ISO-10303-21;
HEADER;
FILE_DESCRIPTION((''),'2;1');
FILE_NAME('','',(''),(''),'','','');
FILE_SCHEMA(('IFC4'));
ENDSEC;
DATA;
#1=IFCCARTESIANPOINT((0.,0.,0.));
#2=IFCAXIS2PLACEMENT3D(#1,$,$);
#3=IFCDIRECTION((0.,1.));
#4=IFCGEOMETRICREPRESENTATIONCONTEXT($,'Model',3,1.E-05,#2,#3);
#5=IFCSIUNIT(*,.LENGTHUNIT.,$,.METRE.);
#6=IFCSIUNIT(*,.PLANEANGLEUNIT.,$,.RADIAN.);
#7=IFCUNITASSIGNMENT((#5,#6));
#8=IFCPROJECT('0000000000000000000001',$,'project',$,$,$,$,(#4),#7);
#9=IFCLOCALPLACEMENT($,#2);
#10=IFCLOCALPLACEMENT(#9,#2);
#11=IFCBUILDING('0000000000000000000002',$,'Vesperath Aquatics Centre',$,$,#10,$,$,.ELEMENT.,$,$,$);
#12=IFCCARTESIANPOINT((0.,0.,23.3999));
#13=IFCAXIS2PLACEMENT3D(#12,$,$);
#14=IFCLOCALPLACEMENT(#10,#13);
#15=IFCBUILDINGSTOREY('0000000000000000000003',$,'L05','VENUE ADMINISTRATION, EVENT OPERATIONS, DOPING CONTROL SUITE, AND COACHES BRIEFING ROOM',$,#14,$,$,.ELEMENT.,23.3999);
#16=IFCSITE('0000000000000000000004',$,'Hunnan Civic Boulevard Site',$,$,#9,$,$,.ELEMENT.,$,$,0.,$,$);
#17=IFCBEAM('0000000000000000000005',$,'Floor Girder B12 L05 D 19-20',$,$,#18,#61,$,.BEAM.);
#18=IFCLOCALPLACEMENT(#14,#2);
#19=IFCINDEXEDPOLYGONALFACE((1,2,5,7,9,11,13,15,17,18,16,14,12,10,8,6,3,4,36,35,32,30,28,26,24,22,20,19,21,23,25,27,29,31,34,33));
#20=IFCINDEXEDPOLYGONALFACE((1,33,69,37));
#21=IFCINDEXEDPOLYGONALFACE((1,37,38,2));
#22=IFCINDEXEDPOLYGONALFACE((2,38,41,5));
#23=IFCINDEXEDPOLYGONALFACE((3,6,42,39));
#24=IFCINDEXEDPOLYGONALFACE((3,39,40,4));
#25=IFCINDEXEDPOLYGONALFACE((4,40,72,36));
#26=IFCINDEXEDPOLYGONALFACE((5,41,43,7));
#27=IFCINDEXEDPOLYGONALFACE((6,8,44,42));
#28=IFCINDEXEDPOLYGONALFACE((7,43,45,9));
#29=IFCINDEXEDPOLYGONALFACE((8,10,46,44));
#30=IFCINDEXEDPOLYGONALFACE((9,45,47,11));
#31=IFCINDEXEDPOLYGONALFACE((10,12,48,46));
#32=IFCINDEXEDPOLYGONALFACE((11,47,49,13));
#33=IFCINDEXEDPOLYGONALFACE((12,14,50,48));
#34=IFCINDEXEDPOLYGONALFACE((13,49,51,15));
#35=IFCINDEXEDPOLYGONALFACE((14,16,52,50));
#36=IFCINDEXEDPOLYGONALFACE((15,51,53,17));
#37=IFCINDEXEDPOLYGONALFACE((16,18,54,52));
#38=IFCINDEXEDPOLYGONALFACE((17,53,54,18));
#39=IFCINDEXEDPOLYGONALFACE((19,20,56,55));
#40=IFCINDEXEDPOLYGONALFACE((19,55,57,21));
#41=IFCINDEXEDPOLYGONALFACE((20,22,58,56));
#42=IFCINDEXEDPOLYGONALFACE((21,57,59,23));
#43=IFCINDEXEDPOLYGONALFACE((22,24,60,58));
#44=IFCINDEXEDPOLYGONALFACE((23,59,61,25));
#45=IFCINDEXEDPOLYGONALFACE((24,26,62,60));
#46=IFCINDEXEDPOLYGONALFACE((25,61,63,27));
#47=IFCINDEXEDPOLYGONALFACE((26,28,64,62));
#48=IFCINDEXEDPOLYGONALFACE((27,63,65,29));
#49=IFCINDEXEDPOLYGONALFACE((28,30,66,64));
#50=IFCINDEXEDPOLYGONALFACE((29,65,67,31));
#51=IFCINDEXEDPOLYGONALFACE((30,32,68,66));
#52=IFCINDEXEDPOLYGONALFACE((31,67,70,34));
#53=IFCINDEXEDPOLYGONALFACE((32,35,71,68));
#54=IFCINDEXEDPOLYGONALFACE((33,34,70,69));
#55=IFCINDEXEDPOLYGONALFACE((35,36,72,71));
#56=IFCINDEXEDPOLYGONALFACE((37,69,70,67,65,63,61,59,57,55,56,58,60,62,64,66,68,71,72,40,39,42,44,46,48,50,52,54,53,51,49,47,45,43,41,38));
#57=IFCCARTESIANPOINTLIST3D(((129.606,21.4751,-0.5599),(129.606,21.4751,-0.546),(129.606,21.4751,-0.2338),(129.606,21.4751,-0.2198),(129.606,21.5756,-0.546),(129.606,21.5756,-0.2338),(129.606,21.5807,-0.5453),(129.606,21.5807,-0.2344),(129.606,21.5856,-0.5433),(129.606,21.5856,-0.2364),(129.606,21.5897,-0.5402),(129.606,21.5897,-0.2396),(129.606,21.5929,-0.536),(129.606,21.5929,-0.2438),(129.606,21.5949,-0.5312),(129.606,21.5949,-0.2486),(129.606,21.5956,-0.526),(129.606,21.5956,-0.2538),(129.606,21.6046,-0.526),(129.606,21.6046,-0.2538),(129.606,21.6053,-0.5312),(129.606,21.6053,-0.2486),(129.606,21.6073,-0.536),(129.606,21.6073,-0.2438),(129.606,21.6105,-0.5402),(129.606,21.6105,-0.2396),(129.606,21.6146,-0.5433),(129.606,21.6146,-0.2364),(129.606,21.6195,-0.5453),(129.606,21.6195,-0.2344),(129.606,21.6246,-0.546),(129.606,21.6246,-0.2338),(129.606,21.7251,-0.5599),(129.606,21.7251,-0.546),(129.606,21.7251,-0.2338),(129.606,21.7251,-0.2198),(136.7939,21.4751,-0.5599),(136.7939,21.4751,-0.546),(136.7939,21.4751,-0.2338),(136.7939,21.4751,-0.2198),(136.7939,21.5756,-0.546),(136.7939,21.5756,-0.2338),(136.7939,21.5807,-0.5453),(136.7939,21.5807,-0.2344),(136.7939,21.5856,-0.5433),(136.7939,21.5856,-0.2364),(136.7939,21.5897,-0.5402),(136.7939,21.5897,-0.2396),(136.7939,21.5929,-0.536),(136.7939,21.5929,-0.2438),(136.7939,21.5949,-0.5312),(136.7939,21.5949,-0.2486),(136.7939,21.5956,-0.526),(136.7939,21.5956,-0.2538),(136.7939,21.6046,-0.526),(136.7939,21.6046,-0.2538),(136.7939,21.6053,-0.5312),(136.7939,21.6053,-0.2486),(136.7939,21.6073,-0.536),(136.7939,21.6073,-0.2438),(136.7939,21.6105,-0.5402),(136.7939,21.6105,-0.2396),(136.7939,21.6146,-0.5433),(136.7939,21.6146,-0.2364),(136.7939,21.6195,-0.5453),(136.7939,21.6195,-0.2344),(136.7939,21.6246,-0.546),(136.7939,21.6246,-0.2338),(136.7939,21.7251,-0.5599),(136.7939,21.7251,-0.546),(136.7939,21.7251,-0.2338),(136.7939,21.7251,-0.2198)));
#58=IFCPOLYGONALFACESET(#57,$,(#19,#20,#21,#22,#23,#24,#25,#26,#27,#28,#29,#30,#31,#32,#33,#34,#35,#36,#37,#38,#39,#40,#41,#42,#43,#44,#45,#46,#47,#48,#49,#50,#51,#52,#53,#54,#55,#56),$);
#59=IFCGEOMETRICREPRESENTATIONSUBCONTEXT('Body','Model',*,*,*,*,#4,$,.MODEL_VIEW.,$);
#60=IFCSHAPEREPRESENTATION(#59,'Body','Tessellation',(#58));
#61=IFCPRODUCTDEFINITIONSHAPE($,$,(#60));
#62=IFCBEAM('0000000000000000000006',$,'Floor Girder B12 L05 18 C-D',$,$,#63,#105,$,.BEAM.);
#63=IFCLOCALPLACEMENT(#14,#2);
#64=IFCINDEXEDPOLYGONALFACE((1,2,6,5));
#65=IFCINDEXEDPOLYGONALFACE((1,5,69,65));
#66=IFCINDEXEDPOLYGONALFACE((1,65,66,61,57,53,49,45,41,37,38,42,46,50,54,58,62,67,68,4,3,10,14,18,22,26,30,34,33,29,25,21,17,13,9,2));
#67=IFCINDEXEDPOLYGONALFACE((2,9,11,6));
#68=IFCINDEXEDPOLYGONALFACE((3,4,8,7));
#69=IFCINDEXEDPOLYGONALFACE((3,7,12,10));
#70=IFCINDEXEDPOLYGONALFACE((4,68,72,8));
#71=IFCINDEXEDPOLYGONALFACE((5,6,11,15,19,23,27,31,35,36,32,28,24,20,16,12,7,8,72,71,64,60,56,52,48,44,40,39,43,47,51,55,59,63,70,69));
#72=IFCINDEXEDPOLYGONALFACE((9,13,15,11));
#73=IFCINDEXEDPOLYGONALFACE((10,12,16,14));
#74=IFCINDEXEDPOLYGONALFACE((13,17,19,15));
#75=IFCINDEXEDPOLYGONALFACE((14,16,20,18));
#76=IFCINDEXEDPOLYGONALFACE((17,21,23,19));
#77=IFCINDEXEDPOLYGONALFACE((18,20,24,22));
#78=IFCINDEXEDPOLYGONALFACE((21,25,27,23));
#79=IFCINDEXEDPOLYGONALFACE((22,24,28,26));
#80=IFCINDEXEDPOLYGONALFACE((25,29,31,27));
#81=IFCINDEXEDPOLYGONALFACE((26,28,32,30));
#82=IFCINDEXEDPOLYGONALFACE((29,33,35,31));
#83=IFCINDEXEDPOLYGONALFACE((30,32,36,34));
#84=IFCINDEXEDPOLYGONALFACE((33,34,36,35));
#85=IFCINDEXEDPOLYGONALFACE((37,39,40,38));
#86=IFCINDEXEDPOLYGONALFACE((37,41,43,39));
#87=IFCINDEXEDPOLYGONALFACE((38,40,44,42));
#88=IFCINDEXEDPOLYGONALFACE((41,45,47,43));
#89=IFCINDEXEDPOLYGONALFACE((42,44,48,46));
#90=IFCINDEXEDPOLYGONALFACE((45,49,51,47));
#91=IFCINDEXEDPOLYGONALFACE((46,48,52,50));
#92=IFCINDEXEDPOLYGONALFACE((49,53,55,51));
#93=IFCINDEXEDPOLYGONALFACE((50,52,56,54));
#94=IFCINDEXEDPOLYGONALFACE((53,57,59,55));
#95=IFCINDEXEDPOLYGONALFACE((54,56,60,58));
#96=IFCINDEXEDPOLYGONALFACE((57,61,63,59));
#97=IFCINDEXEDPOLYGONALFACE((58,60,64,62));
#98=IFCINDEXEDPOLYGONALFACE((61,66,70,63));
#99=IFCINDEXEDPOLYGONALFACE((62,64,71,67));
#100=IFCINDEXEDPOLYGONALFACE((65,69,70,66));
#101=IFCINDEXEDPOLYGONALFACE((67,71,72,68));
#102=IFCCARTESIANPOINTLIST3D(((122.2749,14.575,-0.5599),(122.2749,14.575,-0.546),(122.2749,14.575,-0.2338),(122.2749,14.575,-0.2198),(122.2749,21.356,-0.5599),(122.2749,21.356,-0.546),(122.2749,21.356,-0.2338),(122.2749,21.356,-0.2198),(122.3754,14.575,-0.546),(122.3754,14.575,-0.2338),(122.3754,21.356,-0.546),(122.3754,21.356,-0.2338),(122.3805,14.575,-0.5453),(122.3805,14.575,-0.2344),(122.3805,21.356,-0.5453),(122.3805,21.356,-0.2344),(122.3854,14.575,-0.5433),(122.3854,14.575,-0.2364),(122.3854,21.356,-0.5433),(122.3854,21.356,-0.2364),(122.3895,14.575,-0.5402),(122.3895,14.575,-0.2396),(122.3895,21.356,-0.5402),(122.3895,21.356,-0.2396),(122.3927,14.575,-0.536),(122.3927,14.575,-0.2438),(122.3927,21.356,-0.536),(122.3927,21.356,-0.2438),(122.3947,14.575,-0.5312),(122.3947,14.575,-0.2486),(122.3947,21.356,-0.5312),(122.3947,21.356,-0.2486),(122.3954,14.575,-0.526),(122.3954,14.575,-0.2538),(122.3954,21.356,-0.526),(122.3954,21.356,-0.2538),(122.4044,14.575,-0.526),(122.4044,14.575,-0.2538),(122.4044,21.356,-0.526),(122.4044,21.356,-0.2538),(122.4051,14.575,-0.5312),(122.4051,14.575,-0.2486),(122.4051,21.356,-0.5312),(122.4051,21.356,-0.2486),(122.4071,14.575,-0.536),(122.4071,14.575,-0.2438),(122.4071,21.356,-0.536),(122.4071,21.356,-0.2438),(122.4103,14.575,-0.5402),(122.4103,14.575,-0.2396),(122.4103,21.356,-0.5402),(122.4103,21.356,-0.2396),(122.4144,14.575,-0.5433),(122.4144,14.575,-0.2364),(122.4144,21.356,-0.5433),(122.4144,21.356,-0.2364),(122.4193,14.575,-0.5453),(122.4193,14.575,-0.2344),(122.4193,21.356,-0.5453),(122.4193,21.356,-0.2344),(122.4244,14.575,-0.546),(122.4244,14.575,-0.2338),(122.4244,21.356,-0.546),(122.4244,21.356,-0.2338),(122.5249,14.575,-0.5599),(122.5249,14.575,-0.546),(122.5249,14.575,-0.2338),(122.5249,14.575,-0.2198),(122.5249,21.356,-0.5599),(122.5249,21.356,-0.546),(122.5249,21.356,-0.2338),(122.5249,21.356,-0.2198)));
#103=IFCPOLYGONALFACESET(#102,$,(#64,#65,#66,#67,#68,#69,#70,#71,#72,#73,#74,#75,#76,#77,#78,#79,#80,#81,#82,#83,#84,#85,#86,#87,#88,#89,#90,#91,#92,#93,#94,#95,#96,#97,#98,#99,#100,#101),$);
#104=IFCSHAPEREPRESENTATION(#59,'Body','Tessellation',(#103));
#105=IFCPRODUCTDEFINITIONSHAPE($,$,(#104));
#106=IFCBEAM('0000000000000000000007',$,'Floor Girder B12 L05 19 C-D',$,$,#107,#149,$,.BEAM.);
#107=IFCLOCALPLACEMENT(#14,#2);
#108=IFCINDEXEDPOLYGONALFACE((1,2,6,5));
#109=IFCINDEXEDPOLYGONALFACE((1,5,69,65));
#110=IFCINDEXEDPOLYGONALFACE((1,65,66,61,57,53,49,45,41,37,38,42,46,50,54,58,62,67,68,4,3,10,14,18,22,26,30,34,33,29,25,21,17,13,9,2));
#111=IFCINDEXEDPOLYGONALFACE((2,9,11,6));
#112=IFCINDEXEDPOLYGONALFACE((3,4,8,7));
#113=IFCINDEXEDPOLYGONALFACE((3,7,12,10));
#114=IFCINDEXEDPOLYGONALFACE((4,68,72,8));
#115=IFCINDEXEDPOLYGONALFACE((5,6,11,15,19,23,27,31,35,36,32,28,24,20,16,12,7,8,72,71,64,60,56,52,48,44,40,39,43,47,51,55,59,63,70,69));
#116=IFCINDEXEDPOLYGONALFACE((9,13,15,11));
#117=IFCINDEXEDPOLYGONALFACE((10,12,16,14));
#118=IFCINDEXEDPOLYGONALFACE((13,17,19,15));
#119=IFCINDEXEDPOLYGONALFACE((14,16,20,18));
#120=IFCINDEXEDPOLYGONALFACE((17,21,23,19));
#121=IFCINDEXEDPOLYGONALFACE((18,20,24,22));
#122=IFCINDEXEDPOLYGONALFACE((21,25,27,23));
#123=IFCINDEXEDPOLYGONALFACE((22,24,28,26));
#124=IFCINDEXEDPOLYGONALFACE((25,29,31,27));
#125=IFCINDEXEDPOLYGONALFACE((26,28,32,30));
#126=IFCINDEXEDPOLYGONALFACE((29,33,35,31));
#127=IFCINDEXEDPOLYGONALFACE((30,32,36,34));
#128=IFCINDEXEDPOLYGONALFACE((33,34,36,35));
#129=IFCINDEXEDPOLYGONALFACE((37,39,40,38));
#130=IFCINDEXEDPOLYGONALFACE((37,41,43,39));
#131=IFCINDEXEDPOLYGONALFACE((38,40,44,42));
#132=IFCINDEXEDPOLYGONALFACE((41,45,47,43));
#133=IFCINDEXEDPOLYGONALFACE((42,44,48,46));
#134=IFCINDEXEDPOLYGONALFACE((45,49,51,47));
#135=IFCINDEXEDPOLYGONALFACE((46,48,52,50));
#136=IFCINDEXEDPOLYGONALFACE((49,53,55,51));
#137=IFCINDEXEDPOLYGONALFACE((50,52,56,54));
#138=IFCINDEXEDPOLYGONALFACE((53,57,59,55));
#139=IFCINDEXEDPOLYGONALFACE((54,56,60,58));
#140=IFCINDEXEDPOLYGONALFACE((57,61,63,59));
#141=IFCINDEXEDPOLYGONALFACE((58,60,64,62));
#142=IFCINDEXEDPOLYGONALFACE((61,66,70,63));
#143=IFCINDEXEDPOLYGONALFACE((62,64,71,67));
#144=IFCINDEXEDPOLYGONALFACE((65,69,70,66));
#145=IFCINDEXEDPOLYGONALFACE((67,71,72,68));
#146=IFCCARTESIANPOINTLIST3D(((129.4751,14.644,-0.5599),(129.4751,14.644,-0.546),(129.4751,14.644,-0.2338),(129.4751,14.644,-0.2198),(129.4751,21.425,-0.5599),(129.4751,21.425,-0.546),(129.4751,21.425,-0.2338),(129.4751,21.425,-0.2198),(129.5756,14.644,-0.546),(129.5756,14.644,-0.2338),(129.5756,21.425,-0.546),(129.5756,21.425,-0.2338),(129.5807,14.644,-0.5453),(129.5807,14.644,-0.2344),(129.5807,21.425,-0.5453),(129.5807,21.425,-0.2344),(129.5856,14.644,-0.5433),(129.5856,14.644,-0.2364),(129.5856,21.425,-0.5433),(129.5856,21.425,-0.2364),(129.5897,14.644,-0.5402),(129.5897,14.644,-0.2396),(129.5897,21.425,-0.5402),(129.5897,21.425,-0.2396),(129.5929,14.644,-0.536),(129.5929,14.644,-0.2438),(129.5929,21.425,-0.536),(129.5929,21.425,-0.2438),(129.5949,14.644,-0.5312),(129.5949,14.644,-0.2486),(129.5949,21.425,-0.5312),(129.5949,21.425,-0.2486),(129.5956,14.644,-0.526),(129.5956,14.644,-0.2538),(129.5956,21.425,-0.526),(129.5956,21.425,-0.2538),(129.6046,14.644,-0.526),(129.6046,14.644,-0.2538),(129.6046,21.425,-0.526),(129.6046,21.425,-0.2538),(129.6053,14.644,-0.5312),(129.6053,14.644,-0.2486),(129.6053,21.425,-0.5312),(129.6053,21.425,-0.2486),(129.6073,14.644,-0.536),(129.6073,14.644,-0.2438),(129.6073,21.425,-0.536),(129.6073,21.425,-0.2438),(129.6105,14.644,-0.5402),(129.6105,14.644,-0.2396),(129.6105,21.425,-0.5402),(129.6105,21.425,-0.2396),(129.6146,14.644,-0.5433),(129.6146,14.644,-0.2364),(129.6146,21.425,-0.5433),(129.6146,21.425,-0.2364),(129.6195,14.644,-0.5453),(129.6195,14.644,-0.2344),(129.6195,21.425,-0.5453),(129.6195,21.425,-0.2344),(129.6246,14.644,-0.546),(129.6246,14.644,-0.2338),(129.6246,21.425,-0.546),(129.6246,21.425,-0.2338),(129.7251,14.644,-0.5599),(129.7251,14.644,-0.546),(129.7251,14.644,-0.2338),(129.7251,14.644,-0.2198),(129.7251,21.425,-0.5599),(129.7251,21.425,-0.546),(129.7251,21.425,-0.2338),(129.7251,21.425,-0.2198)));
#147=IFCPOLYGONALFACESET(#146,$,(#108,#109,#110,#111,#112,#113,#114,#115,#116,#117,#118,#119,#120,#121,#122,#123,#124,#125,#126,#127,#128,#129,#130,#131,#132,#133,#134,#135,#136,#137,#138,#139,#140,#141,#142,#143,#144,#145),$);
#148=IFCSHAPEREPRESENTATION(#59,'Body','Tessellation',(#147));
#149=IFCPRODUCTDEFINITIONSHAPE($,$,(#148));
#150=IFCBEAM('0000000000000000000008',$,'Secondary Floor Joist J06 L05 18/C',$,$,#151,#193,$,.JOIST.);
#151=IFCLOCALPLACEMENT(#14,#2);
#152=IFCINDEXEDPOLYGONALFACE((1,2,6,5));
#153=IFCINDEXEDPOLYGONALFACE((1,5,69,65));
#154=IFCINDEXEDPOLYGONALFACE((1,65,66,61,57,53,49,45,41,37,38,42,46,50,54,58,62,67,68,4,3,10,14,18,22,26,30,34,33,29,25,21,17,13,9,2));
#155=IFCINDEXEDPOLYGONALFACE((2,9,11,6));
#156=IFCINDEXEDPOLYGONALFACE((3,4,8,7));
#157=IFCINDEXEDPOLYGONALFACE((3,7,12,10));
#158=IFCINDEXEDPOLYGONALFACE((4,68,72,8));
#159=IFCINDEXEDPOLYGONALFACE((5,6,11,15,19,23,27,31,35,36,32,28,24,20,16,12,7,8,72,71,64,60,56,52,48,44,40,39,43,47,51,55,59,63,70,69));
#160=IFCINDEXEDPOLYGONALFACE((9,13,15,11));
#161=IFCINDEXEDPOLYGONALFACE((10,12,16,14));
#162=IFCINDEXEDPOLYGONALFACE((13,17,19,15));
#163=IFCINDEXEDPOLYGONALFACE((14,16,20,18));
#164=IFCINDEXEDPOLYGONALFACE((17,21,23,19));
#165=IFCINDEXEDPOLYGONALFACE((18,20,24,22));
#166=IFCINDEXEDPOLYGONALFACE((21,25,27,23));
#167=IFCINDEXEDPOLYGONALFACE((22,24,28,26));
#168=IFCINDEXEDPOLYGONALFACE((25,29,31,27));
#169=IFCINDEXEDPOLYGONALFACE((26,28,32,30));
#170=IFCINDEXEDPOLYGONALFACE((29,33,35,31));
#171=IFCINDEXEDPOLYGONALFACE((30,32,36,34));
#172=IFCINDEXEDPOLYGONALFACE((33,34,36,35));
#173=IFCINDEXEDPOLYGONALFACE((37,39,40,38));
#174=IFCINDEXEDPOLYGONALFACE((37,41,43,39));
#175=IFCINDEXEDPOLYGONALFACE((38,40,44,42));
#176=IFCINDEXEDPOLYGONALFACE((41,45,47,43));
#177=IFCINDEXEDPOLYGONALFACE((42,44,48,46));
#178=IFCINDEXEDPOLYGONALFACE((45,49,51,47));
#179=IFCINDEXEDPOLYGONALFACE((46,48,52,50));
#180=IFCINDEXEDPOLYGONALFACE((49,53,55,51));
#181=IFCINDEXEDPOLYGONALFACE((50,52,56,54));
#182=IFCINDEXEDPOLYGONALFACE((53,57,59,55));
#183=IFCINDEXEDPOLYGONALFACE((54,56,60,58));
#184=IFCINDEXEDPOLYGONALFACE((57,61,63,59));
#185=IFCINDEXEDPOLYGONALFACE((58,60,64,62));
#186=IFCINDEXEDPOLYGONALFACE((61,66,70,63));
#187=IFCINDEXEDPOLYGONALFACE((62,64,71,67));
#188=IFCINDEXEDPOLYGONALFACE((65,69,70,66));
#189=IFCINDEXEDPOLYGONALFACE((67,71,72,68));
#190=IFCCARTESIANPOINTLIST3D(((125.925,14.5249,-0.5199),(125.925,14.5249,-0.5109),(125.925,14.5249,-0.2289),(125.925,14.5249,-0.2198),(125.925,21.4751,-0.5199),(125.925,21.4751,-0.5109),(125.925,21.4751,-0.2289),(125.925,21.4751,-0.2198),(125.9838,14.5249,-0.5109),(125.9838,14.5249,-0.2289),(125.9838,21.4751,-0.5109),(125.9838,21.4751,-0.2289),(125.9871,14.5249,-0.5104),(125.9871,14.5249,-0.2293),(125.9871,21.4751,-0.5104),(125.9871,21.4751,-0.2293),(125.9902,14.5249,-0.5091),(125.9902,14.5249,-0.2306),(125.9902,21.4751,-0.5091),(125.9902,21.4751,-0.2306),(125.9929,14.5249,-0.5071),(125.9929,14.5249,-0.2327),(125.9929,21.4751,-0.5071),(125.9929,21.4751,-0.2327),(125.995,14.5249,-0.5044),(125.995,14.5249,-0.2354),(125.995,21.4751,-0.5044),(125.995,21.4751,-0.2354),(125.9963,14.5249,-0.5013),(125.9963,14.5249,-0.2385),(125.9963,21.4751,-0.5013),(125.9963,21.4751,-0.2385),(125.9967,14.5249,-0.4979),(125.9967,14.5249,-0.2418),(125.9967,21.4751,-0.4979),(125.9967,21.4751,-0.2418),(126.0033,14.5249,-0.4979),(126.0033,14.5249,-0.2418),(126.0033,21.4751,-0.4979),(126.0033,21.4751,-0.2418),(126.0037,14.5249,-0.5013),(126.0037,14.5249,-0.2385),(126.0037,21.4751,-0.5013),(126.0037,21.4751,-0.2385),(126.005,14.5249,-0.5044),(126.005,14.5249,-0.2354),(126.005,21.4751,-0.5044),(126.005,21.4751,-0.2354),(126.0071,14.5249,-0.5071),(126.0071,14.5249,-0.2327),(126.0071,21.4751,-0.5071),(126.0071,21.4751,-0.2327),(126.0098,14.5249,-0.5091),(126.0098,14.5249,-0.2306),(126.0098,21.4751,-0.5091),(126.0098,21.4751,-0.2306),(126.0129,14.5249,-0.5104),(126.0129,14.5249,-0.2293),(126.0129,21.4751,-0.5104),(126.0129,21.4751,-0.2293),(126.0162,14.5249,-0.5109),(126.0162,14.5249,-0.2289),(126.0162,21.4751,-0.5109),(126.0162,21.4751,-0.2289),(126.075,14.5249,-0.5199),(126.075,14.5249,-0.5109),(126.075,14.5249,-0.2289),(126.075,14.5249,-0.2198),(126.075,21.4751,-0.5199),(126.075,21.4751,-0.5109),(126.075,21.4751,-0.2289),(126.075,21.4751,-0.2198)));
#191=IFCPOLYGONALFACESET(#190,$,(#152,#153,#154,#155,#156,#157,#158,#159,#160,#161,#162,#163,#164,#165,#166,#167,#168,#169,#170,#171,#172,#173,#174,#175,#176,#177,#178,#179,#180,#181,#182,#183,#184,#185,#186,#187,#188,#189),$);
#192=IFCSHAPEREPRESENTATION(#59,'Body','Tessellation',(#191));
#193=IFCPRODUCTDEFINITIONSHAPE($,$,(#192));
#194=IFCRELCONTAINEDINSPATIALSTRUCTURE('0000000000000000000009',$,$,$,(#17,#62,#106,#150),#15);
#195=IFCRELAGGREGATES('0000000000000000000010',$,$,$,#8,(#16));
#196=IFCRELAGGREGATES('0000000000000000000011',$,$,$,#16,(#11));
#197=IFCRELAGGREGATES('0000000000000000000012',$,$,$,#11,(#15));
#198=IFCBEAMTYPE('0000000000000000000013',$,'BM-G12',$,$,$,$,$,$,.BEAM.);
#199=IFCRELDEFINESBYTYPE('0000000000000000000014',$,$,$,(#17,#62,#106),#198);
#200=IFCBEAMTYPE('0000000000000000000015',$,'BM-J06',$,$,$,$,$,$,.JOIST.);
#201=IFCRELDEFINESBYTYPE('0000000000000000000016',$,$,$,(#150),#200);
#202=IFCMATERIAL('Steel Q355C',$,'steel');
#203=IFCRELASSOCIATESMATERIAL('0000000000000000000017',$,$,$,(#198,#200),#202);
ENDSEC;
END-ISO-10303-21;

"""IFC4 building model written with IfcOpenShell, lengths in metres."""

from ifc_helpers import new_model, si_unit, direction, frame, origin, origin_2d, place, context, subcontext, project, spatial, i_section, extrude, material, material_profile, profile_set, type_object, element, save


model = new_model("IFC4")

# Units and contexts
model_context = context("Model", 3, precision=1e-05, world=origin(), true_north=direction((0.0, 1.0)))
body_context = subcontext(model_context, "Body", "Model", "MODEL_VIEW")
ifc_project = project(units=[si_unit("LENGTHUNIT", "METRE"), si_unit("PLANEANGLEUNIT", "RADIAN")], contexts=[model_context])

# Site, building, storey
site_placement = place(None, origin())
site = spatial("IfcSite", under=ifc_project, at=site_placement, Name="Hunnan Civic Boulevard Site", CompositionType="ELEMENT", RefElevation=0.0)
building_placement = place(site_placement, origin())
building = spatial("IfcBuilding", under=site, at=building_placement, Name="Vesperath Aquatics Centre", CompositionType="ELEMENT")
storey_placement = place(building_placement, frame((0.0, 0.0, 23.3999)))
storey = spatial("IfcBuildingStorey", under=building, at=storey_placement, Name="L05", Description="VENUE ADMINISTRATION, EVENT OPERATIONS, DOPING CONTROL SUITE, AND COACHES BRIEFING ROOM", CompositionType="ELEMENT", Elevation=23.3999)

# Shared definitions
ifc_material_1 = material(Name="Steel Q355C", Category="steel")

# Beams
ifc_material_profile_1 = material_profile(ifc_material_1, i_section(OverallWidth=0.25, OverallDepth=0.3401, WebThickness=0.009, FlangeThickness=0.0139, FilletRadius=0.02, at=origin_2d()), Name="HM 340x250x9x14")
ifc_profile_set_1 = profile_set([ifc_material_profile_1], Name="Steel Q355C")
beam_type_1 = type_object("IfcBeamType", Name="BM-G12", PredefinedType="BEAM", material=ifc_profile_set_1)
beam_1_placement = place(storey_placement, frame((129.606, 21.6001, -0.3899), z_axis=(1.0, 0.0, 0.0), x_axis=(0.0, 1.0, 0.0)))
element("IfcBeam", 1, at=beam_1_placement, inside=storey, type_object=beam_type_1, Name="Floor Girder B12 L05 D 19-20", PredefinedType="BEAM", context=body_context, shape_type="SweptSolid", body=[
    extrude(i_section(OverallWidth=0.25, OverallDepth=0.3401, WebThickness=0.009, FlangeThickness=0.0139, FilletRadius=0.02, at=origin_2d()), origin(), (0.0, 0.0, 1.0), 7.188),
])
for number, where, z_axis, x_axis, name in (
    (2, (122.3999, 14.575, -0.3899), (0.0, 1.0, 0.0), (-1.0, 0.0, 0.0), "Floor Girder B12 L05 18 C-D"),
    (3, (129.6001, 14.644, -0.3899), (0.0, 1.0, 0.0), (-1.0, 0.0, 0.0), "Floor Girder B12 L05 19 C-D"),
):
    element("IfcBeam", number, at=place(storey_placement, frame(where, z_axis=z_axis, x_axis=x_axis)), inside=storey, type_object=beam_type_1, Name=name, PredefinedType="BEAM", context=body_context, shape_type="SweptSolid", body=[
        extrude(i_section(OverallWidth=0.25, OverallDepth=0.3401, WebThickness=0.009, FlangeThickness=0.0139, FilletRadius=0.02, at=origin_2d()), origin(), (0.0, 0.0, 1.0), 6.781),
    ])
ifc_material_profile_2 = material_profile(ifc_material_1, i_section(OverallWidth=0.1499, OverallDepth=0.3, WebThickness=0.0066, FlangeThickness=0.009, FilletRadius=0.0129, at=origin_2d()), Name="HN 300x150x6.5x9")
ifc_profile_set_2 = profile_set([ifc_material_profile_2], Name="Steel Q355C")
beam_type_2 = type_object("IfcBeamType", Name="BM-J06", PredefinedType="JOIST", material=ifc_profile_set_2)
beam_2_placement = place(storey_placement, frame((126.0, 14.5249, -0.3699), z_axis=(0.0, 1.0, 0.0), x_axis=(-1.0, 0.0, 0.0)))
element("IfcBeam", 4, at=beam_2_placement, inside=storey, type_object=beam_type_2, Name="Secondary Floor Joist J06 L05 18/C", PredefinedType="JOIST", context=body_context, shape_type="SweptSolid", body=[
    extrude(i_section(OverallWidth=0.1499, OverallDepth=0.3, WebThickness=0.0066, FlangeThickness=0.009, FilletRadius=0.0129, at=origin_2d()), origin(), (0.0, 0.0, 1.0), 6.9502),
])

save(model, "model.ifc")
